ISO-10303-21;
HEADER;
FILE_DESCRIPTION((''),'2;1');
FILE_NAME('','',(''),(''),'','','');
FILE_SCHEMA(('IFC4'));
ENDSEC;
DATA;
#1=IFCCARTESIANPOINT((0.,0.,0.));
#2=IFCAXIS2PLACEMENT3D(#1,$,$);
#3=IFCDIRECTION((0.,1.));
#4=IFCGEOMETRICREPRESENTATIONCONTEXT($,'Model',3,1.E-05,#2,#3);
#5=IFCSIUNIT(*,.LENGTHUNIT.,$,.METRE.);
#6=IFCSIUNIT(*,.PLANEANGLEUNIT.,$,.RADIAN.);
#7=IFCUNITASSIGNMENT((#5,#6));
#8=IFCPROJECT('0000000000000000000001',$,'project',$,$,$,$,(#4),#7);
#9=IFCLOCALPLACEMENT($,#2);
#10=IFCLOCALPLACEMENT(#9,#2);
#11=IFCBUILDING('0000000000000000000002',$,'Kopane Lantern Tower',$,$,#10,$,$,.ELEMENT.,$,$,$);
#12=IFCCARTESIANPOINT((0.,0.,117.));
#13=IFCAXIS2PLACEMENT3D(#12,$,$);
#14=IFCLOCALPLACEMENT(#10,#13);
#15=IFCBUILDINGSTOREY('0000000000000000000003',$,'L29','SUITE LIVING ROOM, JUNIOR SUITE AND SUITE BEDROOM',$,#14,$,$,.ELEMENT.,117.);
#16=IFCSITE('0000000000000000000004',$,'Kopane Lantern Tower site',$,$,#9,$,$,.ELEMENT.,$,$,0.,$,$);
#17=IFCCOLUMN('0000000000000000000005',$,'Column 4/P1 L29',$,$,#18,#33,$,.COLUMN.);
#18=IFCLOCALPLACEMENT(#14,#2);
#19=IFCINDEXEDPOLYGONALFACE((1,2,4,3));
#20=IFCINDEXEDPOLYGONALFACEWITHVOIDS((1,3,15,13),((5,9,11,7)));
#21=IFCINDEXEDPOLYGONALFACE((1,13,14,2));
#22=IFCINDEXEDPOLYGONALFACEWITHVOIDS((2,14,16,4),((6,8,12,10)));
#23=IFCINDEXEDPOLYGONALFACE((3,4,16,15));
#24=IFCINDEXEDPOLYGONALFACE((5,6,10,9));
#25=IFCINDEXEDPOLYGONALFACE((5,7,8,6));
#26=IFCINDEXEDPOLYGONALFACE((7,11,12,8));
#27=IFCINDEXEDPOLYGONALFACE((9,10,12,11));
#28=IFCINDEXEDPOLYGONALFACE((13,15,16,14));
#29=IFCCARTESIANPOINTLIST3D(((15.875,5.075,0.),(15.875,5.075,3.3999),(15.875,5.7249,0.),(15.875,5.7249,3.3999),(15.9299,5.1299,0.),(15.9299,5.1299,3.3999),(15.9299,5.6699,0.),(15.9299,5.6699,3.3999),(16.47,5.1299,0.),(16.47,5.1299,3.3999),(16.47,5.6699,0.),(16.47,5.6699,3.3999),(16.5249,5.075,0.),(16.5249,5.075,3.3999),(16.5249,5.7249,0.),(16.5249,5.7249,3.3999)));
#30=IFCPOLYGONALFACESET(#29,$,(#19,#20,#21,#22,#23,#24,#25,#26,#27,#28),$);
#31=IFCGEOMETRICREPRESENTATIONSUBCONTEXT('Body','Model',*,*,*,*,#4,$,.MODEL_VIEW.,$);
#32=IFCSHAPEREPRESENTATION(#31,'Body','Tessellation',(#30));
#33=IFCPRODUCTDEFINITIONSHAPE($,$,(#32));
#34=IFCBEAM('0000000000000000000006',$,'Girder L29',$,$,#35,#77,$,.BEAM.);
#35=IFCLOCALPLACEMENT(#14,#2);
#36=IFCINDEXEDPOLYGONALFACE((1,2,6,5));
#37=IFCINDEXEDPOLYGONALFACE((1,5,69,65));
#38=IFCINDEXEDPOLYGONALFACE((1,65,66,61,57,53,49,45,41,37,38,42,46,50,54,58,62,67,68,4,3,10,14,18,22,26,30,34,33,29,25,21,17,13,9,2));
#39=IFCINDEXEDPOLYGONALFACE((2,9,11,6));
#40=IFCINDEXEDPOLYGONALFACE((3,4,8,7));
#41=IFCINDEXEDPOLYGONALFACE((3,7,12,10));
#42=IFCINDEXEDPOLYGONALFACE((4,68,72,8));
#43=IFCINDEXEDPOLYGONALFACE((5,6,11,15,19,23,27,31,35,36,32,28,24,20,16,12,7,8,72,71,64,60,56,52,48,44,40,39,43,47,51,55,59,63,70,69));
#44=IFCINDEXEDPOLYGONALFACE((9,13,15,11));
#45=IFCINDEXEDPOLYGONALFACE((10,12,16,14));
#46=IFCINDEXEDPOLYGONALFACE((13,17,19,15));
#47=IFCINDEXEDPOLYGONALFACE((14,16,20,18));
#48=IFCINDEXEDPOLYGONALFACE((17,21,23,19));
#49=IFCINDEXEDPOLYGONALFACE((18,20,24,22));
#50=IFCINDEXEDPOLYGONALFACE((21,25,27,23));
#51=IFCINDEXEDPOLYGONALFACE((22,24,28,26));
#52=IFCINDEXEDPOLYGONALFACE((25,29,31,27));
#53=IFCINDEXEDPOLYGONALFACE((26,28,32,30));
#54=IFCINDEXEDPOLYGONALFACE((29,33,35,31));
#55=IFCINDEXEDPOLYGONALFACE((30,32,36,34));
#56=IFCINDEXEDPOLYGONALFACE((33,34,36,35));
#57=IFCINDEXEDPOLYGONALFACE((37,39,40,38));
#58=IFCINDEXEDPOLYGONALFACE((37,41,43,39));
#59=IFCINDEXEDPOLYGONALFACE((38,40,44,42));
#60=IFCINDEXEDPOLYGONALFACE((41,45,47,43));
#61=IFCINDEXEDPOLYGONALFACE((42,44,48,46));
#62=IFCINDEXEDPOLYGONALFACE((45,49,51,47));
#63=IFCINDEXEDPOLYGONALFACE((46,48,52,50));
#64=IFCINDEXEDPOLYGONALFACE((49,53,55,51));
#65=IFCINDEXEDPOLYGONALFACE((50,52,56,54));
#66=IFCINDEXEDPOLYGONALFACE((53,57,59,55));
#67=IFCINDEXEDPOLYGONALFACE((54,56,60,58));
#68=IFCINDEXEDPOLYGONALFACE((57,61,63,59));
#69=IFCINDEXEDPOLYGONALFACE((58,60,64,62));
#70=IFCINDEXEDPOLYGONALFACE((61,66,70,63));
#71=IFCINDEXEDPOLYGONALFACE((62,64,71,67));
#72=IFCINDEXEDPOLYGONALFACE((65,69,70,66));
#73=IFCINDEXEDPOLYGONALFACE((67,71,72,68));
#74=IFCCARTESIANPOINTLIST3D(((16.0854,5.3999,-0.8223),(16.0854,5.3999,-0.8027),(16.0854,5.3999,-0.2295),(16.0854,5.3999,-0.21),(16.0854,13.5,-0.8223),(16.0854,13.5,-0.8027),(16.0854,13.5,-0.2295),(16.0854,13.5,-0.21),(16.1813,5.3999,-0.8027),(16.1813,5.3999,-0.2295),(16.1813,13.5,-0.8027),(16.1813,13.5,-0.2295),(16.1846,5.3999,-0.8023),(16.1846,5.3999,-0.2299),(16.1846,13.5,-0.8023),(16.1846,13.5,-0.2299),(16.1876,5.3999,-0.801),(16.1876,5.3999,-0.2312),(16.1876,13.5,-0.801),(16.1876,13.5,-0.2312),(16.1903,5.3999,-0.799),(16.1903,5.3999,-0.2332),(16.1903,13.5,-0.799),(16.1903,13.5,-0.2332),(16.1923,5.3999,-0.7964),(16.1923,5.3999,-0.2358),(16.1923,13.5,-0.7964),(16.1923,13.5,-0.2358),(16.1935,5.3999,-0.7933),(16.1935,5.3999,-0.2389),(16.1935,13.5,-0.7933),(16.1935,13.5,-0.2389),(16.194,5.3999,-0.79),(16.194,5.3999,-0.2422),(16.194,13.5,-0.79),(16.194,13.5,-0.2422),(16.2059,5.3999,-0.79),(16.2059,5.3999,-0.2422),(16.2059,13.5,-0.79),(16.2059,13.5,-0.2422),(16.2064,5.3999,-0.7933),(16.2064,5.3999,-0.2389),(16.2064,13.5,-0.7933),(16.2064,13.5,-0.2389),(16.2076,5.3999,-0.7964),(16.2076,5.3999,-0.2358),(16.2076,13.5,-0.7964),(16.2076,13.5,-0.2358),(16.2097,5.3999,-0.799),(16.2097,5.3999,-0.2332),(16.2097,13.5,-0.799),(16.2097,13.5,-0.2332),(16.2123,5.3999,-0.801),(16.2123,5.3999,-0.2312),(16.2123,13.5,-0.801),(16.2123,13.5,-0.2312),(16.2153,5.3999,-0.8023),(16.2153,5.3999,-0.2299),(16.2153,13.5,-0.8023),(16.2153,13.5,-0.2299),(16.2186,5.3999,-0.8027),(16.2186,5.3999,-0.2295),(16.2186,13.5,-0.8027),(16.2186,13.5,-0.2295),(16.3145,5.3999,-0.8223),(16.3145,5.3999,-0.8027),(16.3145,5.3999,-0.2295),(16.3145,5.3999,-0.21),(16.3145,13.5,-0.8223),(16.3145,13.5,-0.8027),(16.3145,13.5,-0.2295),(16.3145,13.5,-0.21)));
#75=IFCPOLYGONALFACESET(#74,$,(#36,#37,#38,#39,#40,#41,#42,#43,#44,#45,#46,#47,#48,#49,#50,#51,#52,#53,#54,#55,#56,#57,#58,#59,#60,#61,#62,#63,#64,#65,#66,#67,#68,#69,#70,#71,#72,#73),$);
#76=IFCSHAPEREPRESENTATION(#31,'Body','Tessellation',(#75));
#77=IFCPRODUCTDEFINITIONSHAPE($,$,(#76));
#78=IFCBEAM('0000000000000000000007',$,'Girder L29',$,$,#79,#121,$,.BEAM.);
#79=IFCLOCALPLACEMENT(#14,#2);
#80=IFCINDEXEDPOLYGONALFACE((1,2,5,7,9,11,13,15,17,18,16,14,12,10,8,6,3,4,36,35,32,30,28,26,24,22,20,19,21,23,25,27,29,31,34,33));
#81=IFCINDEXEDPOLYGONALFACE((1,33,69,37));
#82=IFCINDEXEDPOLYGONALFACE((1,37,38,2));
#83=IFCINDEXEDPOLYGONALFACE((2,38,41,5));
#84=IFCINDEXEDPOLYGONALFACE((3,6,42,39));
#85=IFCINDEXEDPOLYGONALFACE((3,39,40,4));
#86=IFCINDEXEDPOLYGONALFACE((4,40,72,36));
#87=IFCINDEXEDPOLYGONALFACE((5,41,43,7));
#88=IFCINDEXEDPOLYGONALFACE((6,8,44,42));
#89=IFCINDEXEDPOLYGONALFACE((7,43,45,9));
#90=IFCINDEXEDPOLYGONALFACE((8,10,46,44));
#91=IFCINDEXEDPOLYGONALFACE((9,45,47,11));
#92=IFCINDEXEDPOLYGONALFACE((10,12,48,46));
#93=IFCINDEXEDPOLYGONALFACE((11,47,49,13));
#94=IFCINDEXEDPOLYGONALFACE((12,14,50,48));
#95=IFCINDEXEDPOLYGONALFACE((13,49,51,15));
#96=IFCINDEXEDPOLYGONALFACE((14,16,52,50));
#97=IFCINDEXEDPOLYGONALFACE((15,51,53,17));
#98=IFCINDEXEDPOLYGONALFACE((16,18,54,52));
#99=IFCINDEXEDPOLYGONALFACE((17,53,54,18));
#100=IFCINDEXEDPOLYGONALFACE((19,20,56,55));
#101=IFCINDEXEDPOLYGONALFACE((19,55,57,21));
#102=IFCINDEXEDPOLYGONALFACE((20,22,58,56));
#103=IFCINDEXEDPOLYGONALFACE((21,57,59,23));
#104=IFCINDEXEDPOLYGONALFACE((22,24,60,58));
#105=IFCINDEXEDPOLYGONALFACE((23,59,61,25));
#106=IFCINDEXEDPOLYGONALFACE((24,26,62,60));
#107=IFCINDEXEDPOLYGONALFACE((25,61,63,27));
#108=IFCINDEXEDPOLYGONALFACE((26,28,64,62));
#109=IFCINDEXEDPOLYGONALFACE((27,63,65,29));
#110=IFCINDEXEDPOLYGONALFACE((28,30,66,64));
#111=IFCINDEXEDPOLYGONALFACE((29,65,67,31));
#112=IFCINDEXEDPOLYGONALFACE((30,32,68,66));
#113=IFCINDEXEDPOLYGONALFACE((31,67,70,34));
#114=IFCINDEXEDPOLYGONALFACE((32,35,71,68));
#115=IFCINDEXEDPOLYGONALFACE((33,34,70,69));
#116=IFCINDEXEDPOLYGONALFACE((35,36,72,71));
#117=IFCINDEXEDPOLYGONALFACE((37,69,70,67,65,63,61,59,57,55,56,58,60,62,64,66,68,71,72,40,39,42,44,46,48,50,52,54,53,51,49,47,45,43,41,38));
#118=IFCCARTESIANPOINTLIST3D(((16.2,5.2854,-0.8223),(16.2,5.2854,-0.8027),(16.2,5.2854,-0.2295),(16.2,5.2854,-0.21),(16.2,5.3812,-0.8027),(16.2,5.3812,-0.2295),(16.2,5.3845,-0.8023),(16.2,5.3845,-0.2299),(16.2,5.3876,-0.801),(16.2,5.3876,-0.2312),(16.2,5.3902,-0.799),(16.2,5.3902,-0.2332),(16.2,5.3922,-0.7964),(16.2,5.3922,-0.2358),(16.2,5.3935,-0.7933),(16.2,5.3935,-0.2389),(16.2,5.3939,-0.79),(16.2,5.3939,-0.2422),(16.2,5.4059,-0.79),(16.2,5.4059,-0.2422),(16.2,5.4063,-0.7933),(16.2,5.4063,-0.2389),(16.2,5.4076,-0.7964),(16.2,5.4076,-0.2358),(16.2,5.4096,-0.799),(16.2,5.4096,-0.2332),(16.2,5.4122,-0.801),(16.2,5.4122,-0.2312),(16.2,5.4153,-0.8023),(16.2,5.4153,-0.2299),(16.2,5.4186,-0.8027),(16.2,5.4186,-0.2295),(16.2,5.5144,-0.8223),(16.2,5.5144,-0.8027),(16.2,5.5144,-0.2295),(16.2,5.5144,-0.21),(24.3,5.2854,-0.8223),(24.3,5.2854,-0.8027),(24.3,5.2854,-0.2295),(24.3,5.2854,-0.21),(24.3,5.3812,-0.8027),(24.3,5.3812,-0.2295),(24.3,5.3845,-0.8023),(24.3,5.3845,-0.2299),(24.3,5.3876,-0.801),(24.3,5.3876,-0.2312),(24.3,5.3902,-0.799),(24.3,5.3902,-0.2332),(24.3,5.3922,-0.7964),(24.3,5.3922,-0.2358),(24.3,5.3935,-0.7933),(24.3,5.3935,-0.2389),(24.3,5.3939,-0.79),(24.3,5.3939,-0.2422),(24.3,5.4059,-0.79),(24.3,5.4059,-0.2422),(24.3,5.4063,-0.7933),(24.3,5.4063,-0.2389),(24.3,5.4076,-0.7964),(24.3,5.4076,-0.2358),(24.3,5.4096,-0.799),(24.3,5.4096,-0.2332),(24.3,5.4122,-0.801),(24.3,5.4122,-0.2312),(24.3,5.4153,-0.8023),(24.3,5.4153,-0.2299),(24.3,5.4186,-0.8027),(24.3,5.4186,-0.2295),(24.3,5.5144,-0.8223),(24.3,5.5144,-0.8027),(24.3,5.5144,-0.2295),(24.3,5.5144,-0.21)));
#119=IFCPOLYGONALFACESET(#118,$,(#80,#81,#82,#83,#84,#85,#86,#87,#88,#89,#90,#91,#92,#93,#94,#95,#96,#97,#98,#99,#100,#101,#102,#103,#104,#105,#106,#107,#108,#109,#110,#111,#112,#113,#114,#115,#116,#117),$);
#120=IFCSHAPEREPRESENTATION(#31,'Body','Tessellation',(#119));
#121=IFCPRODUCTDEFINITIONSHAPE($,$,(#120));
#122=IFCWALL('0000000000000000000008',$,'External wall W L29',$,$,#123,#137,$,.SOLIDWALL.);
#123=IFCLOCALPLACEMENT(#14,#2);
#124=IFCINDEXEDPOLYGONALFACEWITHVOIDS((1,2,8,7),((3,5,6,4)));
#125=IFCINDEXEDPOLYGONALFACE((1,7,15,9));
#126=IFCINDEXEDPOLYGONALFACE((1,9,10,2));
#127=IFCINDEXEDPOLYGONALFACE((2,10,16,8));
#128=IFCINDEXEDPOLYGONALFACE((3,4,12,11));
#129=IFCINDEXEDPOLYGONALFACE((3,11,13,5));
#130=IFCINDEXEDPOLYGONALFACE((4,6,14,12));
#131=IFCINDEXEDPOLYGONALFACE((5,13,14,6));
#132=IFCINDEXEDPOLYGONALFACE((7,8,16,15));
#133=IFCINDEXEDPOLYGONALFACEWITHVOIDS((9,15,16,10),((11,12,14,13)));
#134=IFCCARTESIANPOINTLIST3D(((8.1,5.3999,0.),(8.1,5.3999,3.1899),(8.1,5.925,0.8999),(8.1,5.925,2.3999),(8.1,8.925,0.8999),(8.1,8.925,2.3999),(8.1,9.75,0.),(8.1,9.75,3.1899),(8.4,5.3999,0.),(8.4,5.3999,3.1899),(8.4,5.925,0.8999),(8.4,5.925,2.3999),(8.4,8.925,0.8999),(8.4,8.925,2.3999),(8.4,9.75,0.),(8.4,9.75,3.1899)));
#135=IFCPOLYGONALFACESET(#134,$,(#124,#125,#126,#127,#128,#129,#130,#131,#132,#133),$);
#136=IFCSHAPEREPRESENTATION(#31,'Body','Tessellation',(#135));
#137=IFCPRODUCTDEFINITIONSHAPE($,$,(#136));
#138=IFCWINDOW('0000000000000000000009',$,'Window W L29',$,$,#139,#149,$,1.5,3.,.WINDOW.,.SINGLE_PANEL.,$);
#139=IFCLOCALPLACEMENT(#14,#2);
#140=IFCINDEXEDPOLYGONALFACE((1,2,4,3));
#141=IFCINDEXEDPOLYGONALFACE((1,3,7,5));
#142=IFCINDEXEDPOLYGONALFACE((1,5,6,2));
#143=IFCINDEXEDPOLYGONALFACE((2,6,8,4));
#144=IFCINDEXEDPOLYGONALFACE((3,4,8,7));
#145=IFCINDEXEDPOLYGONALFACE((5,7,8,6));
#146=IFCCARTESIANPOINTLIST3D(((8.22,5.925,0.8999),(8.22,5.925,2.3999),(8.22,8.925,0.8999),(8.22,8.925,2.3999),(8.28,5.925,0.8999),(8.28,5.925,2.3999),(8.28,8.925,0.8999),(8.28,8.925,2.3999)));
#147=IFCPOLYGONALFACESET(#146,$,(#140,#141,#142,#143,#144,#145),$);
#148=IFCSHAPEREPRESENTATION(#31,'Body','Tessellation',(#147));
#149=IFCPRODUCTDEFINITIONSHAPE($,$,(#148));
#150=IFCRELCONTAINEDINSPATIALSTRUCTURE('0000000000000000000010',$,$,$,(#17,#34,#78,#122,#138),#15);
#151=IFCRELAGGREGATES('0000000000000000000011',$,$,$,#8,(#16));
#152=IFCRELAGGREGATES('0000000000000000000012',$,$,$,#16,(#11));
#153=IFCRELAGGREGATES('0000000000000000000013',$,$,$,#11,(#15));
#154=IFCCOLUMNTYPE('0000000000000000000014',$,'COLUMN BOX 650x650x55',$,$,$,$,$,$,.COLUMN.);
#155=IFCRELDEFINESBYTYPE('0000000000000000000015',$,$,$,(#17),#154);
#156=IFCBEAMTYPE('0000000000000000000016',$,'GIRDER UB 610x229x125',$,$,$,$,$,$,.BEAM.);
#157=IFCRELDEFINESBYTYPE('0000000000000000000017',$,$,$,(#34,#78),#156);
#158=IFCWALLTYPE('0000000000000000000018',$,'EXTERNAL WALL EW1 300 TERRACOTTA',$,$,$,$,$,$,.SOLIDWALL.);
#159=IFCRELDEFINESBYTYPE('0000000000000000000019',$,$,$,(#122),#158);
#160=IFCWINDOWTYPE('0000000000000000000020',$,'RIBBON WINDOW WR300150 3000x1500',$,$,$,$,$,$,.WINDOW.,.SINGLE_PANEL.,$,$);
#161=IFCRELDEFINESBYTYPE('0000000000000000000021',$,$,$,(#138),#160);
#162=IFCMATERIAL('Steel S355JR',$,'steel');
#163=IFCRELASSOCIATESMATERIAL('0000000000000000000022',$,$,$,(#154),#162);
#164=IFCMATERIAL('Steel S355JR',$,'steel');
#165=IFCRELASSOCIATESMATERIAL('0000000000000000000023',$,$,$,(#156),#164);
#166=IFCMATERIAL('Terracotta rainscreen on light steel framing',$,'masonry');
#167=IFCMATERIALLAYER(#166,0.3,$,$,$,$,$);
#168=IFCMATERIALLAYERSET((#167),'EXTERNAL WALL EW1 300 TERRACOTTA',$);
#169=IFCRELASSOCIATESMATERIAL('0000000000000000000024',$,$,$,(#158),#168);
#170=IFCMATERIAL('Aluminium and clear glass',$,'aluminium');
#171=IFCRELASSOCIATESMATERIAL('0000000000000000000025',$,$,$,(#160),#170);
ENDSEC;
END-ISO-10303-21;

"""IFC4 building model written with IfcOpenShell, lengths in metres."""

from ifc_helpers import new_model, si_unit, direction, frame, frame_2d, origin, origin_2d, place, context, subcontext, project, spatial, rectangle, hollow_rectangle, i_section, extrude, material, layer, layer_set, material_profile, profile_set, type_object, element, fill, save


model = new_model("IFC4")

# Units and contexts
model_context = context("Model", 3, precision=1e-05, world=origin(), true_north=direction((0.0, 1.0)))
body_context = subcontext(model_context, "Body", "Model", "MODEL_VIEW")
ifc_project = project(units=[si_unit("LENGTHUNIT", "METRE"), si_unit("PLANEANGLEUNIT", "RADIAN")], contexts=[model_context])

# Site, building, storey
site_placement = place(None, origin())
site = spatial("IfcSite", under=ifc_project, at=site_placement, Name="Kopane Lantern Tower site", CompositionType="ELEMENT", RefElevation=0.0)
building_placement = place(site_placement, origin())
building = spatial("IfcBuilding", under=site, at=building_placement, Name="Kopane Lantern Tower", CompositionType="ELEMENT")
storey_placement = place(building_placement, frame((0.0, 0.0, 117.0)))
storey = spatial("IfcBuildingStorey", under=building, at=storey_placement, Name="L29", Description="SUITE LIVING ROOM, JUNIOR SUITE AND SUITE BEDROOM", CompositionType="ELEMENT", Elevation=117.0)

# Column
ifc_material_1 = material(Name="Steel S355JR", Category="steel")
ifc_material_profile_1 = material_profile(ifc_material_1, hollow_rectangle(XDim=0.6499, YDim=0.6499, WallThickness=0.0549, at=origin_2d()), Name="BOX 650x650x55")
ifc_profile_set_1 = profile_set([ifc_material_profile_1], Name="Steel S355JR")
column_type = type_object("IfcColumnType", Name="COLUMN BOX 650x650x55", PredefinedType="COLUMN", material=ifc_profile_set_1)
column_placement = place(storey_placement, frame((16.2, 5.3999, 0.0), z_axis=(0.0, 0.0, 1.0), x_axis=(1.0, 0.0, 0.0)))
element("IfcColumn", 1, at=column_placement, inside=storey, type_object=column_type, Name="Column 4/P1 L29", PredefinedType="COLUMN", context=body_context, shape_type="SweptSolid", body=[
    extrude(hollow_rectangle(XDim=0.6499, YDim=0.6499, WallThickness=0.0549, at=origin_2d()), origin(), (0.0, 0.0, 1.0), 3.3999),
])

# Beams
ifc_material_2 = material(Name="Steel S355JR", Category="steel")
ifc_material_profile_2 = material_profile(ifc_material_2, i_section(OverallWidth=0.229, OverallDepth=0.6123, WebThickness=0.012, FlangeThickness=0.0195, FilletRadius=0.0127, at=origin_2d()), Name="UB 610x229x125")
ifc_profile_set_2 = profile_set([ifc_material_profile_2], Name="Steel S355JR")
beam_type = type_object("IfcBeamType", Name="GIRDER UB 610x229x125", PredefinedType="BEAM", material=ifc_profile_set_2)
for number, where, z_axis, x_axis, name in (
    (2, (16.2, 5.3999, -0.5161), (0.0, 1.0, 0.0), (-1.0, 0.0, 0.0), "Girder L29"),
    (3, (16.2, 5.3999, -0.5161), (1.0, 0.0, 0.0), (0.0, 1.0, 0.0), "Girder L29"),
):
    element("IfcBeam", number, at=place(storey_placement, frame(where, z_axis=z_axis, x_axis=x_axis)), inside=storey, type_object=beam_type, Name=name, PredefinedType="BEAM", context=body_context, shape_type="SweptSolid", body=[
        extrude(i_section(OverallWidth=0.229, OverallDepth=0.6123, WebThickness=0.012, FlangeThickness=0.0195, FilletRadius=0.0127, at=origin_2d()), origin(), (0.0, 0.0, 1.0), 8.1001),
    ])

# Shared definitions
ifc_material_3 = material(Name="Terracotta rainscreen on light steel framing", Category="masonry")
ifc_layer = layer(ifc_material_3, 0.3)
ifc_layer_set = layer_set([ifc_layer], Name="EXTERNAL WALL EW1 300 TERRACOTTA")
wall_type = type_object("IfcWallType", Name="EXTERNAL WALL EW1 300 TERRACOTTA", PredefinedType="SOLIDWALL", material=ifc_layer_set)

# Wall, opening, window
wall_1_placement = place(storey_placement, frame((8.25, 9.75, 0.0), z_axis=(0.0, 0.0, 1.0), x_axis=(0.0, -1.0, 0.0)))
wall_1 = element("IfcWall", 4, at=wall_1_placement, inside=storey, type_object=wall_type, Name="External wall W L29", PredefinedType="SOLIDWALL", context=body_context, shape_type="SweptSolid", body=[
    extrude(rectangle(XDim=4.3501, YDim=0.3, at=frame_2d((2.175, 0.0))), origin(), (0.0, 0.0, 1.0), 3.1899),
])
opening_1_placement = place(wall_1_placement, frame((0.825, 0.0, 0.8999)))
opening_1 = element("IfcOpeningElement", 5, at=opening_1_placement, cuts=wall_1, PredefinedType="OPENING", context=body_context, shape_type="SweptSolid", body=[
    extrude(rectangle(XDim=3.0, YDim=1.5, at=frame_2d((1.5, 0.75))), frame((0.0, 0.1599, 0.0), z_axis=(0.0, -1.0, 0.0), x_axis=(1.0, 0.0, 0.0)), (0.0, 0.0, 1.0), 0.3201),
])
ifc_material_4 = material(Name="Aluminium and clear glass", Category="aluminium")
window_type_1 = type_object("IfcWindowType", Name="RIBBON WINDOW WR300150 3000x1500", PartitioningType="SINGLE_PANEL", PredefinedType="WINDOW", material=ifc_material_4)
window_1_placement = place(opening_1_placement, origin())
window_1 = element("IfcWindow", 6, at=window_1_placement, inside=storey, type_object=window_type_1, Name="Window W L29", OverallHeight=1.5, OverallWidth=3.0, PartitioningType="SINGLE_PANEL", PredefinedType="WINDOW", context=body_context, shape_type="SweptSolid", body=[
    extrude(rectangle(XDim=3.0, YDim=1.5, at=frame_2d((1.5, 0.75))), frame((0.0, 0.03, 0.0), z_axis=(0.0, -1.0, 0.0), x_axis=(1.0, 0.0, 0.0)), (0.0, 0.0, 1.0), 0.0601),
])
fill(opening_1, window_1)

save(model, "model.ifc")
